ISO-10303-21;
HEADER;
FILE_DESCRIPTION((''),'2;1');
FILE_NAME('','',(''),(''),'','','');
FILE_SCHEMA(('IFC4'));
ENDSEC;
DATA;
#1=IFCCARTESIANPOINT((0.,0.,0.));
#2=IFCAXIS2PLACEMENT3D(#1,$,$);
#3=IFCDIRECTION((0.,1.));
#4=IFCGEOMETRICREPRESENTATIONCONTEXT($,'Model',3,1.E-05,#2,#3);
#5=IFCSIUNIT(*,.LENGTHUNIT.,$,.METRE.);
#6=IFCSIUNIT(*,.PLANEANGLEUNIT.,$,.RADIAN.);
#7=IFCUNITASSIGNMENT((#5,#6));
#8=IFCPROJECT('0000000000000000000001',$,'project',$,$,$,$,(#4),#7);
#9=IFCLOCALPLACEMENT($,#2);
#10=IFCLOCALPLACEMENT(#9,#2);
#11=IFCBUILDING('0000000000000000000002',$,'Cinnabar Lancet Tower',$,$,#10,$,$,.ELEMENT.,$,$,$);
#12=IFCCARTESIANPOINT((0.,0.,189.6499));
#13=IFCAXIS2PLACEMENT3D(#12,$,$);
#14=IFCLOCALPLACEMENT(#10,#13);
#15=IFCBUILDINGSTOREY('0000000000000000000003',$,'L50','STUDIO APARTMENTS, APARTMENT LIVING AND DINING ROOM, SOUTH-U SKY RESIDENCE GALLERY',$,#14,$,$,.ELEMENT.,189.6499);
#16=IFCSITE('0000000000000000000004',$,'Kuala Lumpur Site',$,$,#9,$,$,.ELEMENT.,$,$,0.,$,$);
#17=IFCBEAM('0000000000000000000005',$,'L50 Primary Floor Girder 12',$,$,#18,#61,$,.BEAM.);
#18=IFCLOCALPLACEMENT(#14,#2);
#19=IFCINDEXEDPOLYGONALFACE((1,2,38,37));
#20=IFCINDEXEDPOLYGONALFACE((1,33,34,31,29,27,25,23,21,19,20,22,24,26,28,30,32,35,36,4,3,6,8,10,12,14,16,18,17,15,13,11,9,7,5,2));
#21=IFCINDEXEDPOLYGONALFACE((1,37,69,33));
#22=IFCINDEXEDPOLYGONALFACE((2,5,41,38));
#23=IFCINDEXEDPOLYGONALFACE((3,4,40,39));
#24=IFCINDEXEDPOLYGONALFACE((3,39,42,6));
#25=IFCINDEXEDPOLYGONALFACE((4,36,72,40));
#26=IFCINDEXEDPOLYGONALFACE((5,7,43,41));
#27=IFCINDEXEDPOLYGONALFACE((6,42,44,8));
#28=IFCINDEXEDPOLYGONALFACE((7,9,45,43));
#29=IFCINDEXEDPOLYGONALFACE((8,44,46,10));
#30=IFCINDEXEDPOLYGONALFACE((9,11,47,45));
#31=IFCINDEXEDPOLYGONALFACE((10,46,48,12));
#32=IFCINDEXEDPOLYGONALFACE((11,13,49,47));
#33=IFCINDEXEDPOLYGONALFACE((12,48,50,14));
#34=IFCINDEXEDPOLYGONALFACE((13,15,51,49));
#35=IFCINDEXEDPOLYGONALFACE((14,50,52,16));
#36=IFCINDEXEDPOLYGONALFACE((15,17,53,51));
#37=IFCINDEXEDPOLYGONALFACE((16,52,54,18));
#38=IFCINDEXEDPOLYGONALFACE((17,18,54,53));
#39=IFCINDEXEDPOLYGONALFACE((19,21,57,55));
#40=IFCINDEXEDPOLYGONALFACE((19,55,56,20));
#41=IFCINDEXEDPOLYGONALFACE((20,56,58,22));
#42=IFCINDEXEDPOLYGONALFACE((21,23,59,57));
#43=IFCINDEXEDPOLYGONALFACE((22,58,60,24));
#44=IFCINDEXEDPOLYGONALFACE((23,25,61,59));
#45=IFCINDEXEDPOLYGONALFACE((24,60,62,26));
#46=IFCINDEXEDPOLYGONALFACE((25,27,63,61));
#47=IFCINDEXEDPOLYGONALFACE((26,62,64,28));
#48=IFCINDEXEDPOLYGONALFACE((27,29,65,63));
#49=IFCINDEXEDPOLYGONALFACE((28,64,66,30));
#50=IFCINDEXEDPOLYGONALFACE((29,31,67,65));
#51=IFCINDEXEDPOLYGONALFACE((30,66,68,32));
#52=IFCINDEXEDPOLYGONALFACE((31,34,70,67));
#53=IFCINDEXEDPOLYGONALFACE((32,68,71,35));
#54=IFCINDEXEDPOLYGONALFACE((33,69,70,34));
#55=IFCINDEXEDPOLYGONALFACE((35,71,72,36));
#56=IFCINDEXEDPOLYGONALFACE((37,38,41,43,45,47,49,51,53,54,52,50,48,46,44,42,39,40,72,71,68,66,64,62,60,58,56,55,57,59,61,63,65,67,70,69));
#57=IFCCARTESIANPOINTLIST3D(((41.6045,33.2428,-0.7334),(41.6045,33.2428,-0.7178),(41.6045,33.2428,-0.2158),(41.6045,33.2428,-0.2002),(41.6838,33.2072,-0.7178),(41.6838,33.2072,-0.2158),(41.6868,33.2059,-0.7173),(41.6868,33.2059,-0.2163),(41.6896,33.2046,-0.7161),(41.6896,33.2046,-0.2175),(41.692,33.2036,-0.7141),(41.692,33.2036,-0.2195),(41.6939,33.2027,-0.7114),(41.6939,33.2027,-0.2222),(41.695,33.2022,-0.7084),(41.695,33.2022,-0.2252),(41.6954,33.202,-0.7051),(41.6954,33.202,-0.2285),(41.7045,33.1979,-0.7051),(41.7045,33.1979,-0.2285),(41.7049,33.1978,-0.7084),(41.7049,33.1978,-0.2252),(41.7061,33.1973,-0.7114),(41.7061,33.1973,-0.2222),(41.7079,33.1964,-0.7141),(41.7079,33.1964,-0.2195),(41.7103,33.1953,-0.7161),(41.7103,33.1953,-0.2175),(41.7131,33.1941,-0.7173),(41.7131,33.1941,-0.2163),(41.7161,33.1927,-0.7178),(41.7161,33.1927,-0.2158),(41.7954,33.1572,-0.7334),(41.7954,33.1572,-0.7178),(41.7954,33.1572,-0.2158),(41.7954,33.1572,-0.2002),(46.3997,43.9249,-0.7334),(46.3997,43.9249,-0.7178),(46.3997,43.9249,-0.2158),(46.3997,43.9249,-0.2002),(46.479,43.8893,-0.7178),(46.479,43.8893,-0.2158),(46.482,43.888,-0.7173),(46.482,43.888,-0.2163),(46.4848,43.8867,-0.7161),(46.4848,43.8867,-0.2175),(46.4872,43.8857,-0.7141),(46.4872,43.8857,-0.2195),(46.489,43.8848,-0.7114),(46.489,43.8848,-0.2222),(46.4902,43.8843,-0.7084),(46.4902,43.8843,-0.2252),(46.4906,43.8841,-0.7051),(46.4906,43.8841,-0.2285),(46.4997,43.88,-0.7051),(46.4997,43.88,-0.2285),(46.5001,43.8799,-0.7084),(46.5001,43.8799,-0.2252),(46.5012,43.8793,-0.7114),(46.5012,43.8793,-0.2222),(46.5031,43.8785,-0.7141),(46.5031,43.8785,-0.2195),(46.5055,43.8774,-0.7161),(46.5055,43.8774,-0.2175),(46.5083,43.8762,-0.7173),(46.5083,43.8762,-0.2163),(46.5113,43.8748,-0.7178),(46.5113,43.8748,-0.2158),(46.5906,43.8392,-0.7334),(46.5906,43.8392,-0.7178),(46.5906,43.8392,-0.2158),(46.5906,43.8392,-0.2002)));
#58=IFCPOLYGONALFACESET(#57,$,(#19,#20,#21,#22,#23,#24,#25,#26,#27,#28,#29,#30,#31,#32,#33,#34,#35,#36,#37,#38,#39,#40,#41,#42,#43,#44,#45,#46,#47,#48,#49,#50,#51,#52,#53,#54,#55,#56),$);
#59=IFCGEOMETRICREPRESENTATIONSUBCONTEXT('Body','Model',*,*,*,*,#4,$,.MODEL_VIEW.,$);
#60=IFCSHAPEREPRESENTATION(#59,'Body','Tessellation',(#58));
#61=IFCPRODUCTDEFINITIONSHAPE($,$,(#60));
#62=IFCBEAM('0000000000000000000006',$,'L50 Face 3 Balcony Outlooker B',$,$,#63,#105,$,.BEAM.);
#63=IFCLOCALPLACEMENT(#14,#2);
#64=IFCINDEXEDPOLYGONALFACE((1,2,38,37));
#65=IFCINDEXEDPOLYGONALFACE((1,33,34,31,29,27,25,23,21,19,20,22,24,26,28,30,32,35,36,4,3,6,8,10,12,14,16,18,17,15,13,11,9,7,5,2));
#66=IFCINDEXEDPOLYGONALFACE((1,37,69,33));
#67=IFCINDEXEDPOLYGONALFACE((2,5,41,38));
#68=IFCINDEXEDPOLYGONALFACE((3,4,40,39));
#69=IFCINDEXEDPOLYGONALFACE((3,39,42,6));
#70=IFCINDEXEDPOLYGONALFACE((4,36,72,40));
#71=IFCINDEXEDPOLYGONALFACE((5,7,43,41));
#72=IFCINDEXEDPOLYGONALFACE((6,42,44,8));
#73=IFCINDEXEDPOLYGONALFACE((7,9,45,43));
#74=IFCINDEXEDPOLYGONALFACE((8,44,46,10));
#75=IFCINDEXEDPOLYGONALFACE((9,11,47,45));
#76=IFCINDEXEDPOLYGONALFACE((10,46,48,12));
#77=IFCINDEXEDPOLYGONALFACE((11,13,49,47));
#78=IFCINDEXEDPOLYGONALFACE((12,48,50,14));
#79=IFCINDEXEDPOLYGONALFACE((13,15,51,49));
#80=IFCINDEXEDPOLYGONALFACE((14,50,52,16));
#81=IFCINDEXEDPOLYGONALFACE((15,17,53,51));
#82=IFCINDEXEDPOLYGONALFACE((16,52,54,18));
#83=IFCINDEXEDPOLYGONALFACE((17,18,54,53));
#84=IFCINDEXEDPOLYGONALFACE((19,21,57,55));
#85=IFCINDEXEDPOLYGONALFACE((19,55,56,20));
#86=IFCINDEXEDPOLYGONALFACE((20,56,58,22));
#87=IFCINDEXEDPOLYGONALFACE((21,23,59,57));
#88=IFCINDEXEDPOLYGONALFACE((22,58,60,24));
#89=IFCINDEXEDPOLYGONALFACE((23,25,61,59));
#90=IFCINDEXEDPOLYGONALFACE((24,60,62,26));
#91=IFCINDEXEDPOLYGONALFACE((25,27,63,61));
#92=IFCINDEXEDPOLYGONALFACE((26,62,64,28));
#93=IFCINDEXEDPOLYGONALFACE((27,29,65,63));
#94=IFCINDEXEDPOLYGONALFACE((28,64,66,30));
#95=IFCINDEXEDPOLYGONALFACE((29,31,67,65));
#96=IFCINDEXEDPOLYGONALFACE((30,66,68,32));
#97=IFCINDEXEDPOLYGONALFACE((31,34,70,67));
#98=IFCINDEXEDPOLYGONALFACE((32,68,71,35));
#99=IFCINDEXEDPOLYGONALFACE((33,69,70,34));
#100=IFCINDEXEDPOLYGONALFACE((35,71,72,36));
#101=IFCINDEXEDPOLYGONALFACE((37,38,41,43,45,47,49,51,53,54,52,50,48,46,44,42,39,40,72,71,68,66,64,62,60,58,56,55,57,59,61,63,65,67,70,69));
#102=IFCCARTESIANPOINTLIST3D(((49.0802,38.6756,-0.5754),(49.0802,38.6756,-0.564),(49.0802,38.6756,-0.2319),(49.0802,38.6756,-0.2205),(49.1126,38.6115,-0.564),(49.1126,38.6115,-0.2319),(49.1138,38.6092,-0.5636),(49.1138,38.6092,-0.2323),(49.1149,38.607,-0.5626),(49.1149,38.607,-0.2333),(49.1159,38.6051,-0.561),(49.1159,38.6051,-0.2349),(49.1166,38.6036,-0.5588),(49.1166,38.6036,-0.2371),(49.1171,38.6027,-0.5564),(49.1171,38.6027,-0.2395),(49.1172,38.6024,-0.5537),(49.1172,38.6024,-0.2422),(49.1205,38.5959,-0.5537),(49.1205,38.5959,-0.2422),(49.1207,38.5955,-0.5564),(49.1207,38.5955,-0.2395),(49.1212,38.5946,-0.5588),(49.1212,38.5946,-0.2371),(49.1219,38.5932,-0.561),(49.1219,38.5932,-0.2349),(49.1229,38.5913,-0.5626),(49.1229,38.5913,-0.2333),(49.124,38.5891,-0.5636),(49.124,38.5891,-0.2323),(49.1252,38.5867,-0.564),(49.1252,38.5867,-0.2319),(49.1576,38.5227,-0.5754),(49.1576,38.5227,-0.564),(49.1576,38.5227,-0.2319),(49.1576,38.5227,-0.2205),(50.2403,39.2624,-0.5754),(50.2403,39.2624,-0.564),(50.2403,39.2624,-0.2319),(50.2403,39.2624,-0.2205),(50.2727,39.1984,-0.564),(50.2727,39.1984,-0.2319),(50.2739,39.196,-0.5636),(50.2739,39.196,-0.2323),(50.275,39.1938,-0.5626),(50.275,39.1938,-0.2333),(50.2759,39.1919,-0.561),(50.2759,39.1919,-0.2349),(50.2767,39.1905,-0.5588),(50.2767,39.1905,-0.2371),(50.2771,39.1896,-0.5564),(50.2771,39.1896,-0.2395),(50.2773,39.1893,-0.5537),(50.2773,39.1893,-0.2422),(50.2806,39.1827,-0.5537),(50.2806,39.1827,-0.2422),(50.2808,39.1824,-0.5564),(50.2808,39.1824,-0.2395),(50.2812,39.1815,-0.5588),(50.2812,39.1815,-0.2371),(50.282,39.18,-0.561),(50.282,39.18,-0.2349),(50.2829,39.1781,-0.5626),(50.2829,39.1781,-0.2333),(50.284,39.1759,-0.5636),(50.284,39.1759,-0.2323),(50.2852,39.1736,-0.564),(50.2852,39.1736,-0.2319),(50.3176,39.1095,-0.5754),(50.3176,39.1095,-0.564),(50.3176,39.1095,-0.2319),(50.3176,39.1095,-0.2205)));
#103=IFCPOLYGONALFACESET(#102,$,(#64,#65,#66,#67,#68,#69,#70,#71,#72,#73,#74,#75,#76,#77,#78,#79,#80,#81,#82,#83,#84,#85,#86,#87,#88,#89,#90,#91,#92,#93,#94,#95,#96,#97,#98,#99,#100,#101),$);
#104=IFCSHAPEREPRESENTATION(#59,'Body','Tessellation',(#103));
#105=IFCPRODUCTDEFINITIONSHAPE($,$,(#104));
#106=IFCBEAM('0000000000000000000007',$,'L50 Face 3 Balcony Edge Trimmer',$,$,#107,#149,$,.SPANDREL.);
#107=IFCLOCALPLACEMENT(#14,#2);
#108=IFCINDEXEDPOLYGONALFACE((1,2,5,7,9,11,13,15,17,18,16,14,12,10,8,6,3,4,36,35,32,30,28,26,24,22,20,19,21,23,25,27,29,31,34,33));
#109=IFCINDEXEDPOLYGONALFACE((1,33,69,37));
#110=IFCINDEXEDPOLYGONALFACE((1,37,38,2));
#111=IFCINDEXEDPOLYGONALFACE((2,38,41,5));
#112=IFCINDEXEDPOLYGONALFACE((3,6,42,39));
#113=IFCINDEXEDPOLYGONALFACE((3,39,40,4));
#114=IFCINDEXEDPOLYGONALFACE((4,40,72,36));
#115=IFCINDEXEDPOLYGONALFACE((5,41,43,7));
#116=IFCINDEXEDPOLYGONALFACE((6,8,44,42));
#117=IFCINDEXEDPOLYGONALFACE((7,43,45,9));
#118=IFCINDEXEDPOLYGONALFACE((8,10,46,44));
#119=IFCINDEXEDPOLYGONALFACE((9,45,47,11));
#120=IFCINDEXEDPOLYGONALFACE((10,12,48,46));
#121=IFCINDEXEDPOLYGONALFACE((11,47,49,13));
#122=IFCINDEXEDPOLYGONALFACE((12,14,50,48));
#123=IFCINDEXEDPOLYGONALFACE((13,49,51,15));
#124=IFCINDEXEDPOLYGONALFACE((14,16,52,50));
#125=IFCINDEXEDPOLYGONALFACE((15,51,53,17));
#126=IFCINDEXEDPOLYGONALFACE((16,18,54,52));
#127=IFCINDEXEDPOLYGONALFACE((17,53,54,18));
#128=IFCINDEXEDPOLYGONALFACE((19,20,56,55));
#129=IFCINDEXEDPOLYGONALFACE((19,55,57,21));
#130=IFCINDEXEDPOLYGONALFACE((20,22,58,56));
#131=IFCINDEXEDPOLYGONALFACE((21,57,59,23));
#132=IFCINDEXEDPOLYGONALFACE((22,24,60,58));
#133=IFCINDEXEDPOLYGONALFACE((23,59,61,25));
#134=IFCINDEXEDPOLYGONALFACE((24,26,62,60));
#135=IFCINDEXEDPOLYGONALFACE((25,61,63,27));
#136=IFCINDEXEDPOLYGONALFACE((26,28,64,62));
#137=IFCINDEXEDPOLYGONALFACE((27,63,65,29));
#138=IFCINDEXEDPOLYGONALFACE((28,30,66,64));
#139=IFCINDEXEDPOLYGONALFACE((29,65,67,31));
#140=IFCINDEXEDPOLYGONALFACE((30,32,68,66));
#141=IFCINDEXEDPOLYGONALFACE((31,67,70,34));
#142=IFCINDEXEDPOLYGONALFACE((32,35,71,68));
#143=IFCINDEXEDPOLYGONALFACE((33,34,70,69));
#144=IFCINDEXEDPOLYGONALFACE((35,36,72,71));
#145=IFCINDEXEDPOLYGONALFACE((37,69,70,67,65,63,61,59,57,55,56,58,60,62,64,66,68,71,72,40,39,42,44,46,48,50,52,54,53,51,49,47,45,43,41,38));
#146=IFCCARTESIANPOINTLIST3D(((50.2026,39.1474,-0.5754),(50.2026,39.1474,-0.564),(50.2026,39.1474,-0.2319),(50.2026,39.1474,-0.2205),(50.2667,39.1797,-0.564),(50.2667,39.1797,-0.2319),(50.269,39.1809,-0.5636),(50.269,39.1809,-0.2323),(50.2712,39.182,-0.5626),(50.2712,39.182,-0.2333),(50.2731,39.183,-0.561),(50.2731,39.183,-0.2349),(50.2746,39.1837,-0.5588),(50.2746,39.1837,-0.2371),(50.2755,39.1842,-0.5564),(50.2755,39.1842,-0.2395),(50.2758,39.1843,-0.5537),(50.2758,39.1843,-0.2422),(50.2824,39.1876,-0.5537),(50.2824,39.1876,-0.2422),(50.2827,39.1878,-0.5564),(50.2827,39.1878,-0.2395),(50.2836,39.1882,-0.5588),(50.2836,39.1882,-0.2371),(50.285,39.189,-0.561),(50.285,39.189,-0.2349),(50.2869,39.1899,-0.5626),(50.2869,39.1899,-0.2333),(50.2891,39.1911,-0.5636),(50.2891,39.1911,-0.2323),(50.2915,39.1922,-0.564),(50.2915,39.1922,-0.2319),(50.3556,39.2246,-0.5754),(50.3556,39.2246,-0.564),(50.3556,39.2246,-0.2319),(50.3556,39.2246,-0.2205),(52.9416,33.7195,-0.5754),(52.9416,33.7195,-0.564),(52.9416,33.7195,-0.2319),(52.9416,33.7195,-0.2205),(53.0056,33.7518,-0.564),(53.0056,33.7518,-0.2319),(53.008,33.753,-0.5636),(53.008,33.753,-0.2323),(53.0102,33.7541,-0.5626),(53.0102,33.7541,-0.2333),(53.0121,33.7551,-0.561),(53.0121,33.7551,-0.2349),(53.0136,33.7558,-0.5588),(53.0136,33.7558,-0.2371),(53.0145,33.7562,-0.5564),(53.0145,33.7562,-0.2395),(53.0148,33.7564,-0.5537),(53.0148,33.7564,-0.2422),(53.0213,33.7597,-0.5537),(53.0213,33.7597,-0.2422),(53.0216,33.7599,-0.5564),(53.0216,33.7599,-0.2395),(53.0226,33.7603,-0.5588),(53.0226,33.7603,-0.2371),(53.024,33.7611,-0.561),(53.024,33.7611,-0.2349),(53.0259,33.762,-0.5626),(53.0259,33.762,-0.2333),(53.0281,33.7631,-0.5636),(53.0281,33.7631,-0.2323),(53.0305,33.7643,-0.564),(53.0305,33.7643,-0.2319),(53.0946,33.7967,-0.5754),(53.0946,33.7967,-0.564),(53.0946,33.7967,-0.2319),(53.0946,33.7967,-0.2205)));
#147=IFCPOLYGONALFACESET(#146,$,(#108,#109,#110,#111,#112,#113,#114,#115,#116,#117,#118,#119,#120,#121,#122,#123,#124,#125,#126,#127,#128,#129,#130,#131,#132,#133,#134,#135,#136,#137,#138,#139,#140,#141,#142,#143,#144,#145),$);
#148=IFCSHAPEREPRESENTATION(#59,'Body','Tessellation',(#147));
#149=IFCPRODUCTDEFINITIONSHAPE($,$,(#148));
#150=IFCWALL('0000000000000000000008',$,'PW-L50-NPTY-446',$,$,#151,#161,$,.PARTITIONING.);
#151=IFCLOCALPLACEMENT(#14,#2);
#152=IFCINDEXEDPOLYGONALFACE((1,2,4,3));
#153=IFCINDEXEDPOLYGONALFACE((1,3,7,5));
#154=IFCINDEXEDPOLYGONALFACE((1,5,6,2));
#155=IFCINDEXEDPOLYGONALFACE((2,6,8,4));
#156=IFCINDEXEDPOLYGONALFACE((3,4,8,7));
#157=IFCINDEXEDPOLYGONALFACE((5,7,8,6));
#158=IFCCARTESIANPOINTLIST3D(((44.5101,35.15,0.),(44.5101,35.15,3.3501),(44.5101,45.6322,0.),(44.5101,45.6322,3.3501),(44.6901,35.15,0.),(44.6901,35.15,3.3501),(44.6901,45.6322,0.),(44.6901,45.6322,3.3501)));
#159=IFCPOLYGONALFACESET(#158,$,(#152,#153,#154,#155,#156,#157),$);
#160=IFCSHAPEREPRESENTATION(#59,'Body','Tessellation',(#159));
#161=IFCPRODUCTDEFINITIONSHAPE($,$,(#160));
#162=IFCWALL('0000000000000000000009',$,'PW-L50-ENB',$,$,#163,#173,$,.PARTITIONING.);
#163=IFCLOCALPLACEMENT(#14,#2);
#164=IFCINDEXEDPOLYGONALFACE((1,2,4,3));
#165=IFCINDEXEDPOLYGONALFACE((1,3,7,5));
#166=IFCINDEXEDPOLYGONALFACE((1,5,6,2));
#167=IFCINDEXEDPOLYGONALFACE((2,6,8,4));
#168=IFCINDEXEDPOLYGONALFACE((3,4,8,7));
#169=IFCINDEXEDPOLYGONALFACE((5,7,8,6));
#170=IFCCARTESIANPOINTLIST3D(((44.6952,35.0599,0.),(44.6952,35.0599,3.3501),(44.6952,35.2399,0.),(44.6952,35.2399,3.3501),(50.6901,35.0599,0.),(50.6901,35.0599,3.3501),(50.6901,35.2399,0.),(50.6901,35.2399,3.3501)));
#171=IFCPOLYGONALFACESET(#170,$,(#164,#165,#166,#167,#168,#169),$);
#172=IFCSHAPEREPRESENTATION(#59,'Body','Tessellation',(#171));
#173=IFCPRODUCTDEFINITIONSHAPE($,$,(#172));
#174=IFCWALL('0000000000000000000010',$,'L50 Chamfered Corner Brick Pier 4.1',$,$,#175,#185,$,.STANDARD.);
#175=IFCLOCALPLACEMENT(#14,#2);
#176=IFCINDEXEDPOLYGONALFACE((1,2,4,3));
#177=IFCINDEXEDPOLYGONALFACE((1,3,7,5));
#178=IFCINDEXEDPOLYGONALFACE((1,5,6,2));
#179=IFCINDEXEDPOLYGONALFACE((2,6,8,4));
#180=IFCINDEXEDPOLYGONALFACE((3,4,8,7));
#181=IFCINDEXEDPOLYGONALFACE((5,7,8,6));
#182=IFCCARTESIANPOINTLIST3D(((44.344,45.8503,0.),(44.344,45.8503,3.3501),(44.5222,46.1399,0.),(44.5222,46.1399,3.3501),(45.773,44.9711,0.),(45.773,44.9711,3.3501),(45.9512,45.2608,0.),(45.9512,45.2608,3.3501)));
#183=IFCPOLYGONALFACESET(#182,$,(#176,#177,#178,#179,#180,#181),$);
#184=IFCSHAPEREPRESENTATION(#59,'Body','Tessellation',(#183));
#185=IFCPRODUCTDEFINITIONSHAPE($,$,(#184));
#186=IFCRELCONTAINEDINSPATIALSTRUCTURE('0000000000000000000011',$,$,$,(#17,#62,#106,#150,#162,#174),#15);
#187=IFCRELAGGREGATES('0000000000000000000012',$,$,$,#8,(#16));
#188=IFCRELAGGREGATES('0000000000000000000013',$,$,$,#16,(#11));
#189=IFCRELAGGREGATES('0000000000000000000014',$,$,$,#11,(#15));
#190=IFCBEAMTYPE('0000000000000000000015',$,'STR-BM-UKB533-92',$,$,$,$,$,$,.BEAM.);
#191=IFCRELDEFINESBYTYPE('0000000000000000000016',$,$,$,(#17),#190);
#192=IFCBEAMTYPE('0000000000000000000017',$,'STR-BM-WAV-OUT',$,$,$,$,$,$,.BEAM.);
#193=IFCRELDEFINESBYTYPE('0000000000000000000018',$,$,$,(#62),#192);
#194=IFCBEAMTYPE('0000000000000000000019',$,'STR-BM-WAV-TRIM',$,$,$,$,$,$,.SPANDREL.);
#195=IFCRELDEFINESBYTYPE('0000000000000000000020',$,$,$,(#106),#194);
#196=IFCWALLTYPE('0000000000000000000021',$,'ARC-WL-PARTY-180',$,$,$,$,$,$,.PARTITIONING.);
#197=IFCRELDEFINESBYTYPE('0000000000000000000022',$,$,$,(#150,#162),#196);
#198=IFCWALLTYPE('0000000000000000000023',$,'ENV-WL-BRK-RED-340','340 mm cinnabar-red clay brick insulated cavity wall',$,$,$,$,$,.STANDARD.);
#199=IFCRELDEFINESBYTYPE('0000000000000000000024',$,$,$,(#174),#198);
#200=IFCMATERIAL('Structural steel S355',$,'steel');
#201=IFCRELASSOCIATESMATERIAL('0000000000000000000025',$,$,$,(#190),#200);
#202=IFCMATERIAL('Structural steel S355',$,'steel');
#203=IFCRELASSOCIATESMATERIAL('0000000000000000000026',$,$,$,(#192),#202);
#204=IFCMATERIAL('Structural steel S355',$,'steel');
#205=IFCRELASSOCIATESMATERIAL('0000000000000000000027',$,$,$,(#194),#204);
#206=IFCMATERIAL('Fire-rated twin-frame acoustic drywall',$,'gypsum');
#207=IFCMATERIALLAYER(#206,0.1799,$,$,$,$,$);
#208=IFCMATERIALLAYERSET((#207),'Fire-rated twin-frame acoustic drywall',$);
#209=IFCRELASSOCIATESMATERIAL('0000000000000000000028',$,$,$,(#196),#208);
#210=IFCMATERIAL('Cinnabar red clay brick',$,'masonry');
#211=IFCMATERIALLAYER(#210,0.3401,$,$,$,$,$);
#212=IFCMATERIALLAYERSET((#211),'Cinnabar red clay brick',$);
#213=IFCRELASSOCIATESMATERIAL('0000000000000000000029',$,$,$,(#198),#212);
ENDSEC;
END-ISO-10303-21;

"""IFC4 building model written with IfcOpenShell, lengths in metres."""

from ifc_helpers import new_model, si_unit, direction, frame, frame_2d, origin, origin_2d, place, context, subcontext, project, spatial, rectangle, i_section, extrude, material, layer, layer_set, material_profile, profile_set, type_object, element, save


model = new_model("IFC4")

# Units and contexts
model_context = context("Model", 3, precision=1e-05, world=origin(), true_north=direction((0.0, 1.0)))
body_context = subcontext(model_context, "Body", "Model", "MODEL_VIEW")
ifc_project = project(units=[si_unit("LENGTHUNIT", "METRE"), si_unit("PLANEANGLEUNIT", "RADIAN")], contexts=[model_context])

# Site, building, storey
site_placement = place(None, origin())
site = spatial("IfcSite", under=ifc_project, at=site_placement, Name="Kuala Lumpur Site", CompositionType="ELEMENT", RefElevation=0.0)
building_placement = place(site_placement, origin())
building = spatial("IfcBuilding", under=site, at=building_placement, Name="Cinnabar Lancet Tower", CompositionType="ELEMENT")
storey_placement = place(building_placement, frame((0.0, 0.0, 189.6499)))
storey = spatial("IfcBuildingStorey", under=building, at=storey_placement, Name="L50", Description="STUDIO APARTMENTS, APARTMENT LIVING AND DINING ROOM, SOUTH-U SKY RESIDENCE GALLERY", CompositionType="ELEMENT", Elevation=189.6499)

# Beams
ifc_material_1 = material(Name="Structural steel S355", Category="steel")
ifc_material_profile_1 = material_profile(ifc_material_1, i_section(OverallWidth=0.2092, OverallDepth=0.5332, WebThickness=0.01, FlangeThickness=0.0156, FilletRadius=0.0127, at=origin_2d()), Name="UKB 533x210x92")
ifc_profile_set_1 = profile_set([ifc_material_profile_1], Name="Structural steel S355")
beam_type_1 = type_object("IfcBeamType", Name="STR-BM-UKB533-92", PredefinedType="BEAM", material=ifc_profile_set_1)
beam_1_placement = place(storey_placement, frame((46.4951, 43.8821, -0.4668), z_axis=(-0.409527, -0.912298, 0.0), x_axis=(0.912298, -0.409527, 0.0)))
element("IfcBeam", 1, at=beam_1_placement, inside=storey, type_object=beam_type_1, Name="L50 Primary Floor Girder 12", PredefinedType="BEAM", context=body_context, shape_type="SweptSolid", body=[
    extrude(i_section(OverallWidth=0.2092, OverallDepth=0.5332, WebThickness=0.01, FlangeThickness=0.0156, FilletRadius=0.0127, at=origin_2d()), origin(), (0.0, 0.0, 1.0), 11.709),
])
ifc_material_2 = material(Name="Structural steel S355", Category="steel")
ifc_material_profile_2 = material_profile(ifc_material_2, i_section(OverallWidth=0.1714, OverallDepth=0.355, WebThickness=0.0073, FlangeThickness=0.0115, FilletRadius=0.0103, at=origin_2d()), Name="UKB 356x171x51")
ifc_profile_set_2 = profile_set([ifc_material_profile_2], Name="Structural steel S355")
beam_type_2 = type_object("IfcBeamType", Name="STR-BM-WAV-OUT", PredefinedType="BEAM", material=ifc_profile_set_2)
beam_2_placement = place(storey_placement, frame((49.1189, 38.5991, -0.3979), z_axis=(0.892314, 0.451415, 0.0), x_axis=(-0.451415, 0.892314, 0.0)))
element("IfcBeam", 2, at=beam_2_placement, inside=storey, type_object=beam_type_2, Name="L50 Face 3 Balcony Outlooker B", PredefinedType="BEAM", context=body_context, shape_type="SweptSolid", body=[
    extrude(i_section(OverallWidth=0.1714, OverallDepth=0.355, WebThickness=0.0073, FlangeThickness=0.0115, FilletRadius=0.0103, at=origin_2d()), origin(), (0.0, 0.0, 1.0), 1.3),
])
ifc_material_3 = material(Name="Structural steel S355", Category="steel")
ifc_material_profile_3 = material_profile(ifc_material_3, i_section(OverallWidth=0.1714, OverallDepth=0.355, WebThickness=0.0073, FlangeThickness=0.0115, FilletRadius=0.0103, at=origin_2d()), Name="UKB 356x171x51")
ifc_profile_set_3 = profile_set([ifc_material_profile_3], Name="Structural steel S355")
beam_type_3 = type_object("IfcBeamType", Name="STR-BM-WAV-TRIM", PredefinedType="SPANDREL", material=ifc_profile_set_3)
beam_3_placement = place(storey_placement, frame((53.0181, 33.7581, -0.3979), z_axis=(-0.450503, 0.892775, 0.0), x_axis=(-0.892775, -0.450503, 0.0)))
element("IfcBeam", 3, at=beam_3_placement, inside=storey, type_object=beam_type_3, Name="L50 Face 3 Balcony Edge Trimmer", PredefinedType="SPANDREL", context=body_context, shape_type="SweptSolid", body=[
    extrude(i_section(OverallWidth=0.1714, OverallDepth=0.355, WebThickness=0.0073, FlangeThickness=0.0115, FilletRadius=0.0103, at=origin_2d()), origin(), (0.0, 0.0, 1.0), 6.0798),
])

# Walls
ifc_material_4 = material(Name="Fire-rated twin-frame acoustic drywall", Category="gypsum")
ifc_layer_1 = layer(ifc_material_4, 0.1799)
ifc_layer_set_1 = layer_set([ifc_layer_1], Name="Fire-rated twin-frame acoustic drywall")
wall_type_1 = type_object("IfcWallType", Name="ARC-WL-PARTY-180", PredefinedType="PARTITIONING", material=ifc_layer_set_1)
wall_1_placement = place(storey_placement, frame((44.6001, 35.1499, 0.0), z_axis=(0.0, 0.0, 1.0), x_axis=(0.0, 1.0, 0.0)))
element("IfcWall", 4, at=wall_1_placement, inside=storey, type_object=wall_type_1, Name="PW-L50-NPTY-446", PredefinedType="PARTITIONING", context=body_context, shape_type="SweptSolid", body=[
    extrude(rectangle(XDim=10.4822, YDim=0.1799, at=frame_2d((5.2412, 0.0))), origin(), (0.0, 0.0, 1.0), 3.3501),
])
wall_2_placement = place(storey_placement, frame((44.6951, 35.1499, 0.0), z_axis=(0.0, 0.0, 1.0), x_axis=(1.0, 0.0, 0.0)))
element("IfcWall", 5, at=wall_2_placement, inside=storey, type_object=wall_type_1, Name="PW-L50-ENB", PredefinedType="PARTITIONING", context=body_context, shape_type="SweptSolid", body=[
    extrude(rectangle(XDim=5.9949, YDim=0.1799, at=frame_2d((2.9976, 0.0))), origin(), (0.0, 0.0, 1.0), 3.3501),
])
ifc_material_5 = material(Name="Cinnabar red clay brick", Category="masonry")
ifc_layer_2 = layer(ifc_material_5, 0.3401)
ifc_layer_set_2 = layer_set([ifc_layer_2], Name="Cinnabar red clay brick")
wall_type_2 = type_object("IfcWallType", Name="ENV-WL-BRK-RED-340", Description="340 mm cinnabar-red clay brick insulated cavity wall", PredefinedType="STANDARD", material=ifc_layer_set_2)
wall_3_placement = place(storey_placement, frame((45.8621, 45.116, 0.0), z_axis=(0.0, 0.0, 1.0), x_axis=(-0.851713, 0.524008, 0.0)))
element("IfcWall", 6, at=wall_3_placement, inside=storey, type_object=wall_type_2, Name="L50 Chamfered Corner Brick Pier 4.1", PredefinedType="STANDARD", context=body_context, shape_type="SweptSolid", body=[
    extrude(rectangle(XDim=1.6777, YDim=0.3401, at=frame_2d((0.8389, 0.0))), origin(), (0.0, 0.0, 1.0), 3.3501),
])

save(model, "model.ifc")
